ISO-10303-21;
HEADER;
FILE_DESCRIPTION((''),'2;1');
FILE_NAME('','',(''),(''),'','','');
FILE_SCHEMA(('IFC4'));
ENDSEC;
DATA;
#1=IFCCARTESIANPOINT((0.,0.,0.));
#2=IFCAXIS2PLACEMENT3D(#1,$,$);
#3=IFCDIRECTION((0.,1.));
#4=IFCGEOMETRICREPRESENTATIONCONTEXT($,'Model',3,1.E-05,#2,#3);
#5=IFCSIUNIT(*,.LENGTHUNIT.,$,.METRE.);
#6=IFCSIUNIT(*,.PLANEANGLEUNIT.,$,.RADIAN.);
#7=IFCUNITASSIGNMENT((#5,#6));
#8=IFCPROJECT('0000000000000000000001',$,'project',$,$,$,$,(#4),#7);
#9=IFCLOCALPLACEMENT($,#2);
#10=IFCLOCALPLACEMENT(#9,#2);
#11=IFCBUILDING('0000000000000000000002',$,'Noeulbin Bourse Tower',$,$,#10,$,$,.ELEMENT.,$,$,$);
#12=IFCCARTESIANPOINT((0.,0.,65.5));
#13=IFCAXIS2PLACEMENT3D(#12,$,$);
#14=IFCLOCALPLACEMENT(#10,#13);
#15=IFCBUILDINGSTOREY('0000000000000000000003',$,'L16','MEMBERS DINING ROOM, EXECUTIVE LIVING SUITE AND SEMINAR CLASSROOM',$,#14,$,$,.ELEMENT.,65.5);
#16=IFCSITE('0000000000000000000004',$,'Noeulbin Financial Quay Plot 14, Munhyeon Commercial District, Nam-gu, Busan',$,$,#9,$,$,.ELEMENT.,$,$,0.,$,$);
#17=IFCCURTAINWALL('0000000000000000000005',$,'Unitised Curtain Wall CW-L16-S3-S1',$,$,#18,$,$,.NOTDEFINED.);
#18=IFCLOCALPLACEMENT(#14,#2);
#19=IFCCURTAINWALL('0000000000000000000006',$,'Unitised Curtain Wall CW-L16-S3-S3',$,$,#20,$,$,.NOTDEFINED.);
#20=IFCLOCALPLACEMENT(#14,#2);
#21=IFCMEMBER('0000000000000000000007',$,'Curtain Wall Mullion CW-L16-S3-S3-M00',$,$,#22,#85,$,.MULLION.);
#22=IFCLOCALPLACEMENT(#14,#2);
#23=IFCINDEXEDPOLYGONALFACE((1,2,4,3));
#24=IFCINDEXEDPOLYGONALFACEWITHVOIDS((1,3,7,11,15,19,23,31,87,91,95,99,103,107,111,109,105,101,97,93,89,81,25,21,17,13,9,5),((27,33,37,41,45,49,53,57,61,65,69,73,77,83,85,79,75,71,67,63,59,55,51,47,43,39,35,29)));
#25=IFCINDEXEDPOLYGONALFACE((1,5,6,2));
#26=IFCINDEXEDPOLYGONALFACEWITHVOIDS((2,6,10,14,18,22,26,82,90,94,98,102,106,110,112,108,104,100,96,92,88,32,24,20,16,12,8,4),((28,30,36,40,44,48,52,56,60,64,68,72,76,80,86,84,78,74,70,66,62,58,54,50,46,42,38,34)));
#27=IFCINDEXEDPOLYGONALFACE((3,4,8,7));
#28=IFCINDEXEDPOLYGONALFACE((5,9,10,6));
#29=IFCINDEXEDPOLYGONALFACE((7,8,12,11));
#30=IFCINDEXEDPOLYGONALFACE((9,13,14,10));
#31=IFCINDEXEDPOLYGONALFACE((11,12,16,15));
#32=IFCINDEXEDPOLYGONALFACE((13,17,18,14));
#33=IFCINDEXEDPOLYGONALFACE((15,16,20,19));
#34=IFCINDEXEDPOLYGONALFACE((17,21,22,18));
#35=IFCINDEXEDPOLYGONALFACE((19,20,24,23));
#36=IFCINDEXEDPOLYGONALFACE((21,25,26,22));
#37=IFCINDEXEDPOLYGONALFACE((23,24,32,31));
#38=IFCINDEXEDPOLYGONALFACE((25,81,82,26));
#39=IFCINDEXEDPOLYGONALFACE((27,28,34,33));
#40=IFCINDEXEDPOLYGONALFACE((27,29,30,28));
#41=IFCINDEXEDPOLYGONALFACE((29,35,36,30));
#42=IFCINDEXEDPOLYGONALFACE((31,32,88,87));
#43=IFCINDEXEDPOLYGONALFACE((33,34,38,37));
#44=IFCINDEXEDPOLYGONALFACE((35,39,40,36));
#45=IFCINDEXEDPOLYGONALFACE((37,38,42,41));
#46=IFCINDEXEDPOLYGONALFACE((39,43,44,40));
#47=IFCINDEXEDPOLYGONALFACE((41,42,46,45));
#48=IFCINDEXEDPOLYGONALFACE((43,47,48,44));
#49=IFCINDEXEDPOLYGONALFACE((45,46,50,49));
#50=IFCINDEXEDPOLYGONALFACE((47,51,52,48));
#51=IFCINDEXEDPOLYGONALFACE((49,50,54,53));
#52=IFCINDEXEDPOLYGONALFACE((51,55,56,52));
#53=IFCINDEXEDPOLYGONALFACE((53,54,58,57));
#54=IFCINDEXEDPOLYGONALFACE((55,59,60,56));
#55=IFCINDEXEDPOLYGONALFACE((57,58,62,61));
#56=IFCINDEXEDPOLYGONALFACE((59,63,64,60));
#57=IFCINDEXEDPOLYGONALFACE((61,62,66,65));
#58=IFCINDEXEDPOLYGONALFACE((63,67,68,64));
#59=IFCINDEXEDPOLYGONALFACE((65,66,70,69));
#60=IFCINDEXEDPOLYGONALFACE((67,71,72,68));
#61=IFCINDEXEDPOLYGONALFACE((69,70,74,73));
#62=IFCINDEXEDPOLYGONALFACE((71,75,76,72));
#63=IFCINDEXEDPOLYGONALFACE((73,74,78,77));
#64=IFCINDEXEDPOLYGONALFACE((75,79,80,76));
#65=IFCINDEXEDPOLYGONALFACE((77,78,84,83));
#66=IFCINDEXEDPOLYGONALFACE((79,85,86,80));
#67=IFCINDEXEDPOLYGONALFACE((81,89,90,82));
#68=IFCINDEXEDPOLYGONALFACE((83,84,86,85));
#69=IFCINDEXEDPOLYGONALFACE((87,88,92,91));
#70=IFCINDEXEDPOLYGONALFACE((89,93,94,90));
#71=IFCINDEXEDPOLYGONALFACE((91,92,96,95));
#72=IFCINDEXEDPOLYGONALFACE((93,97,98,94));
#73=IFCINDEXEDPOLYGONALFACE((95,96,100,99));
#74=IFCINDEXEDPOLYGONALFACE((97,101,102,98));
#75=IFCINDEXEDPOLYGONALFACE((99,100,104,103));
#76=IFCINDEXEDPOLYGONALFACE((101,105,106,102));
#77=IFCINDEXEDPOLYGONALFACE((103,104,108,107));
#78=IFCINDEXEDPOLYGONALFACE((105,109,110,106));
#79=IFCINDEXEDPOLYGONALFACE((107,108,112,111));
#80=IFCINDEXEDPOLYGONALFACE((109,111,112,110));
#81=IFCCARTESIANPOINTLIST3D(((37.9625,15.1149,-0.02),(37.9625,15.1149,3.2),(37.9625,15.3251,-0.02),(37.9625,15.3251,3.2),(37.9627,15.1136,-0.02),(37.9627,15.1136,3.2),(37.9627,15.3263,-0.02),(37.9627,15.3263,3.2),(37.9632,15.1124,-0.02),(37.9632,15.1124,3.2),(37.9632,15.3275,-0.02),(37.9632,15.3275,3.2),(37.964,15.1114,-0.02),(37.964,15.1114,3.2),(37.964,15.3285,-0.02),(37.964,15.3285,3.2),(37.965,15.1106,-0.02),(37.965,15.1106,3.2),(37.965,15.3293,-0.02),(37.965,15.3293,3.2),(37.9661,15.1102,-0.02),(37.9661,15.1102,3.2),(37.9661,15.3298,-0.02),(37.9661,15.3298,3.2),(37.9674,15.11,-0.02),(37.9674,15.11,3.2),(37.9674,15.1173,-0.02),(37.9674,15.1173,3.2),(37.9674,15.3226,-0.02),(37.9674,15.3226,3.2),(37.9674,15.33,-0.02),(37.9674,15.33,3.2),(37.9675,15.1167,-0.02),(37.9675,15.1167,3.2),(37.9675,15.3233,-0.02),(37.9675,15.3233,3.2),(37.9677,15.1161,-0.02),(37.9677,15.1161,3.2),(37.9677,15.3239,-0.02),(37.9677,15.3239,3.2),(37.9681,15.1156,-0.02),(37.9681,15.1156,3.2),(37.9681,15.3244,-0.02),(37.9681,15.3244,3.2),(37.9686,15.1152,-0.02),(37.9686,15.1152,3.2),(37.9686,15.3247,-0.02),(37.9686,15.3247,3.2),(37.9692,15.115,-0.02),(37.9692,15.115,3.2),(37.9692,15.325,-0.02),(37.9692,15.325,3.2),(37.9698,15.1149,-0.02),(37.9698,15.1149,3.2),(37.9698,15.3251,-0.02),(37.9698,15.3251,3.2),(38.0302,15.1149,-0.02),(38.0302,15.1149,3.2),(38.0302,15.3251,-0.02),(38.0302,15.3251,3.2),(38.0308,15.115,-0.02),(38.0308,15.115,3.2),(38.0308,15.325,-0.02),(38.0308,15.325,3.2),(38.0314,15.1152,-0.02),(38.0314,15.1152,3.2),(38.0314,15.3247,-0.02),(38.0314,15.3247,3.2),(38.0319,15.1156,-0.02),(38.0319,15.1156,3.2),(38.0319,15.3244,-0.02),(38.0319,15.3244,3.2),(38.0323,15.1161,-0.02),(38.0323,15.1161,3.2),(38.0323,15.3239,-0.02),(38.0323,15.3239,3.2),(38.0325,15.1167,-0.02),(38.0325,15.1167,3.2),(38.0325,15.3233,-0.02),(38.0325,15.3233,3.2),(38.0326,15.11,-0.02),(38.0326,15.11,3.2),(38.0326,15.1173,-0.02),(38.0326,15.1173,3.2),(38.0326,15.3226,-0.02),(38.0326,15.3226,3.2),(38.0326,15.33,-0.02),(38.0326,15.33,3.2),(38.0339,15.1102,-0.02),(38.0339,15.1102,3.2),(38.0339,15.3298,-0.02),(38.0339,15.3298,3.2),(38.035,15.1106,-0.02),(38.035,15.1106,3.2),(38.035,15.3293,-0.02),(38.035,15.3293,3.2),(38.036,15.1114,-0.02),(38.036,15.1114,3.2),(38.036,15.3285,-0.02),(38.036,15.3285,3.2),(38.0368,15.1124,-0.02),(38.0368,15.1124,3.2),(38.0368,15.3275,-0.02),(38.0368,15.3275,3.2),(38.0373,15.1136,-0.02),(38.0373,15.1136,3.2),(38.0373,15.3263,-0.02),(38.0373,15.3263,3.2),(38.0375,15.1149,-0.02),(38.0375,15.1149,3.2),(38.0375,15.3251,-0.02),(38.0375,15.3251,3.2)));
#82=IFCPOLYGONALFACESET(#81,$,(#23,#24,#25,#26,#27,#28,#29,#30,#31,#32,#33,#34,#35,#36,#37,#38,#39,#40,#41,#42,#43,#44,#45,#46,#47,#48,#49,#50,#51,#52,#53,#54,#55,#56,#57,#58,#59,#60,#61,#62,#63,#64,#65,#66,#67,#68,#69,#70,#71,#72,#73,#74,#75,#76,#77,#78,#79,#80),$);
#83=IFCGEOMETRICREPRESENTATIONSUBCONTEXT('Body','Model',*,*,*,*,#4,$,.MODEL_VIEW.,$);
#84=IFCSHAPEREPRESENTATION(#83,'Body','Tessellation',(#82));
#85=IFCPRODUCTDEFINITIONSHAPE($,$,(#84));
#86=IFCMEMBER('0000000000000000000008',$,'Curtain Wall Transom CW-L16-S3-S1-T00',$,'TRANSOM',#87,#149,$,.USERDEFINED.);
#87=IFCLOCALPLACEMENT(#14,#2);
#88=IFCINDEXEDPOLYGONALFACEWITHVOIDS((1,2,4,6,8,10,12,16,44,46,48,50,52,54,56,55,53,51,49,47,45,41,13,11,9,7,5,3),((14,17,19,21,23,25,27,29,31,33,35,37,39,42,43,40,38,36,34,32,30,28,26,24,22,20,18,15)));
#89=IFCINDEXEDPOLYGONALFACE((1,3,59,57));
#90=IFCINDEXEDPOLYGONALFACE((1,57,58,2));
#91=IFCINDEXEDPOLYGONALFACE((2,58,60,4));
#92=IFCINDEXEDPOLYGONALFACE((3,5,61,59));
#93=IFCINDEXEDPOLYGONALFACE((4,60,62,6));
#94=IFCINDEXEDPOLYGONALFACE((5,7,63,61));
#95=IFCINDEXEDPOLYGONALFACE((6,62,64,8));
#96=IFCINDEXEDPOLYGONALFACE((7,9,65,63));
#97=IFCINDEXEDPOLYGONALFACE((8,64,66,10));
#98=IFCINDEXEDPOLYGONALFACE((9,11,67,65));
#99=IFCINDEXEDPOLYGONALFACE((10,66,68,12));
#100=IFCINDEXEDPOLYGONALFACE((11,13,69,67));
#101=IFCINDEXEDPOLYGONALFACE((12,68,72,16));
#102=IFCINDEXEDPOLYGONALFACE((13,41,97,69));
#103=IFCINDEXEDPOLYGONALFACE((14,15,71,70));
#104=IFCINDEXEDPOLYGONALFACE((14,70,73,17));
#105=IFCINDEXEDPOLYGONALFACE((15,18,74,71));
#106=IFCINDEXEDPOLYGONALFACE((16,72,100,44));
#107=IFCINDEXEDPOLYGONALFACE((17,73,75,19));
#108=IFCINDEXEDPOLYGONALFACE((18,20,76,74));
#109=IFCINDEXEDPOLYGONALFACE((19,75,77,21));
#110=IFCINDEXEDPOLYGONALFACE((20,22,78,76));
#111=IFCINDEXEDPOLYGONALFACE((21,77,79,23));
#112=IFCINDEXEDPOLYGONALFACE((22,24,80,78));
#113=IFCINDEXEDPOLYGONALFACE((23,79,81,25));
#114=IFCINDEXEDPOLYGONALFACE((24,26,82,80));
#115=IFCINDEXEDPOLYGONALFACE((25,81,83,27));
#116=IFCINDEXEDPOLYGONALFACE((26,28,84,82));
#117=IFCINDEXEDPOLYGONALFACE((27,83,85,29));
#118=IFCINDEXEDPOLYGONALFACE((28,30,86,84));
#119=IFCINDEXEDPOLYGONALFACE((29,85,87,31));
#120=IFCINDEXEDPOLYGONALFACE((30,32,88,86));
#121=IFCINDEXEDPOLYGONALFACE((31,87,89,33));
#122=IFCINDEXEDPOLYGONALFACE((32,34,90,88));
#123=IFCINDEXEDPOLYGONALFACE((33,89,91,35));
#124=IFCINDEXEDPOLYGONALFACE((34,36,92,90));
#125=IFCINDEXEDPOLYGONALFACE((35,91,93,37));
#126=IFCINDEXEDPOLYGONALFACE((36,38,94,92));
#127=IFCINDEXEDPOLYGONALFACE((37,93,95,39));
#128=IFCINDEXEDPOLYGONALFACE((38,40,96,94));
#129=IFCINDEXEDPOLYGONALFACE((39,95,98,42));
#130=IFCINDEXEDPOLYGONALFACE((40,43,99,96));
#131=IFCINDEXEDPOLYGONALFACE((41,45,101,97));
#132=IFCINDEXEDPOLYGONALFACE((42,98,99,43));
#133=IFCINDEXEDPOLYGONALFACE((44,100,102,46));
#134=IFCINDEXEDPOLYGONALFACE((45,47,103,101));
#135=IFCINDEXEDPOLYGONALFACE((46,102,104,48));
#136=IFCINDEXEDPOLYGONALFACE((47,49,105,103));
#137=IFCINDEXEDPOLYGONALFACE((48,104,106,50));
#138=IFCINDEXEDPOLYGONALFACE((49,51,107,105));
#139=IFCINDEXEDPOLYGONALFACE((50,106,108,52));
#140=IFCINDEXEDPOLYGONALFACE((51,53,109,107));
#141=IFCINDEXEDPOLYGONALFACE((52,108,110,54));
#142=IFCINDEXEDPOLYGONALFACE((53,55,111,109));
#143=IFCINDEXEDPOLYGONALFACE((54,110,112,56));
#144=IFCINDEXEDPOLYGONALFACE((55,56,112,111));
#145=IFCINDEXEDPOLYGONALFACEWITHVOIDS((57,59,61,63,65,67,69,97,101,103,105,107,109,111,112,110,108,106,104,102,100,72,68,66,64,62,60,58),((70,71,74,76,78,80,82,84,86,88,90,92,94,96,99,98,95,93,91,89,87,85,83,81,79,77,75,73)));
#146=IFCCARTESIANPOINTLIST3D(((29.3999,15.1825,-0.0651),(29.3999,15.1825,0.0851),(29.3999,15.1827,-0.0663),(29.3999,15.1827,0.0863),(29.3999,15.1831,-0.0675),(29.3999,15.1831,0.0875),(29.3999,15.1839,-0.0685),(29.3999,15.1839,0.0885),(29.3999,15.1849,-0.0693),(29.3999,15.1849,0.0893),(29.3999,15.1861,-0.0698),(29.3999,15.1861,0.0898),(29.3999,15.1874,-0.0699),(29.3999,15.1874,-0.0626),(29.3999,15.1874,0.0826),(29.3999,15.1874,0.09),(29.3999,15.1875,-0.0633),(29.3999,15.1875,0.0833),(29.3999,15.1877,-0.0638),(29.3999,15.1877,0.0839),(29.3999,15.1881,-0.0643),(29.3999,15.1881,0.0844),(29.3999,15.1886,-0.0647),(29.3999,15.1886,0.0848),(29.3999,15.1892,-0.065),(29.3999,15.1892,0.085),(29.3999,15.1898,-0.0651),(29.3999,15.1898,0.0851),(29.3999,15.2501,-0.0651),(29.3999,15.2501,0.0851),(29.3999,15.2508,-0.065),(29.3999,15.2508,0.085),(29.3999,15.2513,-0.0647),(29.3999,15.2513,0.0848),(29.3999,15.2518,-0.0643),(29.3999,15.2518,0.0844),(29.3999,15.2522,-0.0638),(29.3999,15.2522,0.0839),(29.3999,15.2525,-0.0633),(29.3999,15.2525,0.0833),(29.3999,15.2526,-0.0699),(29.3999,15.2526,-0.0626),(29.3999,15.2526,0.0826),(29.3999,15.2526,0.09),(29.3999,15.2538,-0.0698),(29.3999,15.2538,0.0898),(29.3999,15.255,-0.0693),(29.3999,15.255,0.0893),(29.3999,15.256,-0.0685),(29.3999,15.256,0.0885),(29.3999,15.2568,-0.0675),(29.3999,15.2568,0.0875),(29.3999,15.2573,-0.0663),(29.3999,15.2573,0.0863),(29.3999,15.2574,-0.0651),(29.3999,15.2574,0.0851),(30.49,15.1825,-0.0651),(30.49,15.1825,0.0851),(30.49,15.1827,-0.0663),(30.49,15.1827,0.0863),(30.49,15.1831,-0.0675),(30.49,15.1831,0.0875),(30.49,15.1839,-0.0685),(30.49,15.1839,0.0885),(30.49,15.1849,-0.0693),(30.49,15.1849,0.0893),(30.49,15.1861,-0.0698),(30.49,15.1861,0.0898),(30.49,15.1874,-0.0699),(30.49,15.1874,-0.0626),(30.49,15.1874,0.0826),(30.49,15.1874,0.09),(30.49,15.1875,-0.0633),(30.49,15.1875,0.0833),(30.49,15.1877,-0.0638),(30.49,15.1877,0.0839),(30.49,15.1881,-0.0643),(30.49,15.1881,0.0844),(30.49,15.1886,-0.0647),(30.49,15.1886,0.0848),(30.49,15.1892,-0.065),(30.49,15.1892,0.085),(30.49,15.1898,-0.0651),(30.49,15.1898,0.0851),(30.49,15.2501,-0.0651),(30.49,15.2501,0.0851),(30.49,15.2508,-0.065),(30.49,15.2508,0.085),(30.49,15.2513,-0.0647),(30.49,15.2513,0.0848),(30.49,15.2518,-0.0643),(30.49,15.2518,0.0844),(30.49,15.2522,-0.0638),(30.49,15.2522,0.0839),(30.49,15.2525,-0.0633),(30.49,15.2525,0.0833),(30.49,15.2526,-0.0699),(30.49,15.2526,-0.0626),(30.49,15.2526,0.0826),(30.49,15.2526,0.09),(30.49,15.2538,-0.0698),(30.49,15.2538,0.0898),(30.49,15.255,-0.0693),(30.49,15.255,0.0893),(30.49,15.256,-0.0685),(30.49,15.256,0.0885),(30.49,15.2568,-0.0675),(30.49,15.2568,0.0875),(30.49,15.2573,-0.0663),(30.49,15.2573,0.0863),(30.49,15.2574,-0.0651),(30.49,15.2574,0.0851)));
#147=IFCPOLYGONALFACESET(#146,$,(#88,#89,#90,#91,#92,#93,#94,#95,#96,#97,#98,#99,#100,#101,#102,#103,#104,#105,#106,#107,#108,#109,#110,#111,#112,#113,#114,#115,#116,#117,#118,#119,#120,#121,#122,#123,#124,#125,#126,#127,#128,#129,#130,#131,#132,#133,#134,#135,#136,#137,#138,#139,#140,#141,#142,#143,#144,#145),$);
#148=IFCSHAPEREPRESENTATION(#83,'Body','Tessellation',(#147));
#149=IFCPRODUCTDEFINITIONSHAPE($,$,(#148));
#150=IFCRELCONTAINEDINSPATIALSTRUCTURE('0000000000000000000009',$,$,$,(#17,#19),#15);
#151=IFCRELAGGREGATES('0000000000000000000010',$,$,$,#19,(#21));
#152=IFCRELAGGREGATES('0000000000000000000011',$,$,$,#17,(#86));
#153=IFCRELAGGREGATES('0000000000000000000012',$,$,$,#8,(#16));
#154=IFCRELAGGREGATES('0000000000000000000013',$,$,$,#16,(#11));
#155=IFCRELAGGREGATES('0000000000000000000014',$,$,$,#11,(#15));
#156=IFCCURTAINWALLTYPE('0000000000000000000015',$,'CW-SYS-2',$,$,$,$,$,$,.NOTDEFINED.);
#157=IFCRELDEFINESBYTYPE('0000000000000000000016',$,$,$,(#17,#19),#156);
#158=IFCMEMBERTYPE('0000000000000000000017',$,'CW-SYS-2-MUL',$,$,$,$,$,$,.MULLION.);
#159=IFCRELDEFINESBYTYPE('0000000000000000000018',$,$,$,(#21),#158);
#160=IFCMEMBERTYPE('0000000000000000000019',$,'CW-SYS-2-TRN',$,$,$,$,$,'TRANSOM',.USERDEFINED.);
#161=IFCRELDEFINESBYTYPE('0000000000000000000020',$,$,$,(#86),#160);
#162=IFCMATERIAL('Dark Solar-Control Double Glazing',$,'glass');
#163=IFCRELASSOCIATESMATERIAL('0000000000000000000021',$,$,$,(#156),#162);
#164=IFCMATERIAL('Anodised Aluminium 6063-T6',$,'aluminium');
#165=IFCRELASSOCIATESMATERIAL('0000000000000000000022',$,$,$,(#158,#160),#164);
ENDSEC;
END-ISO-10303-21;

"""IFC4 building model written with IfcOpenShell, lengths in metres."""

from ifc_helpers import new_model, si_unit, direction, frame, origin, origin_2d, place, context, subcontext, project, spatial, hollow_rectangle, extrude, material, material_profile, profile_set, type_object, element, aggregate, save


model = new_model("IFC4")

# Units and contexts
model_context = context("Model", 3, precision=1e-05, world=origin(), true_north=direction((0.0, 1.0)))
body_context = subcontext(model_context, "Body", "Model", "MODEL_VIEW")
ifc_project = project(units=[si_unit("LENGTHUNIT", "METRE"), si_unit("PLANEANGLEUNIT", "RADIAN")], contexts=[model_context])

# Site, building, storey
site_placement = place(None, origin())
site = spatial("IfcSite", under=ifc_project, at=site_placement, Name="Noeulbin Financial Quay Plot 14, Munhyeon Commercial District, Nam-gu, Busan", CompositionType="ELEMENT", RefElevation=0.0)
building_placement = place(site_placement, origin())
building = spatial("IfcBuilding", under=site, at=building_placement, Name="Noeulbin Bourse Tower", CompositionType="ELEMENT")
storey_placement = place(building_placement, frame((0.0, 0.0, 65.5)))
storey = spatial("IfcBuildingStorey", under=building, at=storey_placement, Name="L16", Description="MEMBERS DINING ROOM, EXECUTIVE LIVING SUITE AND SEMINAR CLASSROOM", CompositionType="ELEMENT", Elevation=65.5)

# Curtain wall
ifc_material_1 = material(Name="Dark Solar-Control Double Glazing", Category="glass")
curtain_wall_type = type_object("IfcCurtainWallType", Name="CW-SYS-2", PredefinedType="NOTDEFINED", material=ifc_material_1)
curtain_wall_1_placement = place(storey_placement, origin())
curtain_wall_1 = element("IfcCurtainWall", 1, at=curtain_wall_1_placement, inside=storey, type_object=curtain_wall_type, Name="Unitised Curtain Wall CW-L16-S3-S1", PredefinedType="NOTDEFINED")
ifc_material_2 = material(Name="Anodised Aluminium 6063-T6", Category="aluminium")
ifc_material_profile_1 = material_profile(ifc_material_2, hollow_rectangle(XDim=0.075, YDim=0.22, WallThickness=0.0049, InnerFilletRadius=0.0024, OuterFilletRadius=0.0049, at=origin_2d()), Name="ALU-MULL-75x220x5", Category="LoadBearing")
ifc_profile_set_1 = profile_set([ifc_material_profile_1], Name="Anodised Aluminium 6063-T6")
member_type_1 = type_object("IfcMemberType", Name="CW-SYS-2-MUL", PredefinedType="MULLION", material=ifc_profile_set_1)

# Curtain wall, member
curtain_wall_2_placement = place(storey_placement, origin())
curtain_wall_2 = element("IfcCurtainWall", 2, at=curtain_wall_2_placement, inside=storey, type_object=curtain_wall_type, Name="Unitised Curtain Wall CW-L16-S3-S3", PredefinedType="NOTDEFINED")
member_1_placement = place(storey_placement, frame((38.0, 15.22, -0.02), z_axis=(0.0, 0.0, 1.0), x_axis=(1.0, 0.0, 0.0)))
member_1 = element("IfcMember", 3, at=member_1_placement, type_object=member_type_1, Name="Curtain Wall Mullion CW-L16-S3-S3-M00", PredefinedType="MULLION", context=body_context, shape_type="SweptSolid", body=[
    extrude(hollow_rectangle(XDim=0.075, YDim=0.22, WallThickness=0.0049, InnerFilletRadius=0.0024, OuterFilletRadius=0.0049, at=origin_2d()), origin(), (0.0, 0.0, 1.0), 3.22),
])
aggregate(curtain_wall_2, [member_1])

# Member
ifc_material_profile_2 = material_profile(ifc_material_2, hollow_rectangle(XDim=0.075, YDim=0.1599, WallThickness=0.0049, InnerFilletRadius=0.0024, OuterFilletRadius=0.0049, at=origin_2d()), Name="ALU-TRAN-75x160x5", Category="LoadBearing")
ifc_profile_set_2 = profile_set([ifc_material_profile_2], Name="Anodised Aluminium 6063-T6")
member_type_2 = type_object("IfcMemberType", Name="CW-SYS-2-TRN", ElementType="TRANSOM", PredefinedType="USERDEFINED", material=ifc_profile_set_2)
member_2_placement = place(storey_placement, frame((29.3999, 15.22, 0.01), z_axis=(1.0, 0.0, 0.0), x_axis=(0.0, 1.0, 0.0)))
member_2 = element("IfcMember", 4, at=member_2_placement, type_object=member_type_2, Name="Curtain Wall Transom CW-L16-S3-S1-T00", ObjectType="TRANSOM", PredefinedType="USERDEFINED", context=body_context, shape_type="SweptSolid", body=[
    extrude(hollow_rectangle(XDim=0.075, YDim=0.1599, WallThickness=0.0049, InnerFilletRadius=0.0024, OuterFilletRadius=0.0049, at=origin_2d()), origin(), (0.0, 0.0, 1.0), 1.0901),
])

aggregate(curtain_wall_1, [member_2])

save(model, "model.ifc")
